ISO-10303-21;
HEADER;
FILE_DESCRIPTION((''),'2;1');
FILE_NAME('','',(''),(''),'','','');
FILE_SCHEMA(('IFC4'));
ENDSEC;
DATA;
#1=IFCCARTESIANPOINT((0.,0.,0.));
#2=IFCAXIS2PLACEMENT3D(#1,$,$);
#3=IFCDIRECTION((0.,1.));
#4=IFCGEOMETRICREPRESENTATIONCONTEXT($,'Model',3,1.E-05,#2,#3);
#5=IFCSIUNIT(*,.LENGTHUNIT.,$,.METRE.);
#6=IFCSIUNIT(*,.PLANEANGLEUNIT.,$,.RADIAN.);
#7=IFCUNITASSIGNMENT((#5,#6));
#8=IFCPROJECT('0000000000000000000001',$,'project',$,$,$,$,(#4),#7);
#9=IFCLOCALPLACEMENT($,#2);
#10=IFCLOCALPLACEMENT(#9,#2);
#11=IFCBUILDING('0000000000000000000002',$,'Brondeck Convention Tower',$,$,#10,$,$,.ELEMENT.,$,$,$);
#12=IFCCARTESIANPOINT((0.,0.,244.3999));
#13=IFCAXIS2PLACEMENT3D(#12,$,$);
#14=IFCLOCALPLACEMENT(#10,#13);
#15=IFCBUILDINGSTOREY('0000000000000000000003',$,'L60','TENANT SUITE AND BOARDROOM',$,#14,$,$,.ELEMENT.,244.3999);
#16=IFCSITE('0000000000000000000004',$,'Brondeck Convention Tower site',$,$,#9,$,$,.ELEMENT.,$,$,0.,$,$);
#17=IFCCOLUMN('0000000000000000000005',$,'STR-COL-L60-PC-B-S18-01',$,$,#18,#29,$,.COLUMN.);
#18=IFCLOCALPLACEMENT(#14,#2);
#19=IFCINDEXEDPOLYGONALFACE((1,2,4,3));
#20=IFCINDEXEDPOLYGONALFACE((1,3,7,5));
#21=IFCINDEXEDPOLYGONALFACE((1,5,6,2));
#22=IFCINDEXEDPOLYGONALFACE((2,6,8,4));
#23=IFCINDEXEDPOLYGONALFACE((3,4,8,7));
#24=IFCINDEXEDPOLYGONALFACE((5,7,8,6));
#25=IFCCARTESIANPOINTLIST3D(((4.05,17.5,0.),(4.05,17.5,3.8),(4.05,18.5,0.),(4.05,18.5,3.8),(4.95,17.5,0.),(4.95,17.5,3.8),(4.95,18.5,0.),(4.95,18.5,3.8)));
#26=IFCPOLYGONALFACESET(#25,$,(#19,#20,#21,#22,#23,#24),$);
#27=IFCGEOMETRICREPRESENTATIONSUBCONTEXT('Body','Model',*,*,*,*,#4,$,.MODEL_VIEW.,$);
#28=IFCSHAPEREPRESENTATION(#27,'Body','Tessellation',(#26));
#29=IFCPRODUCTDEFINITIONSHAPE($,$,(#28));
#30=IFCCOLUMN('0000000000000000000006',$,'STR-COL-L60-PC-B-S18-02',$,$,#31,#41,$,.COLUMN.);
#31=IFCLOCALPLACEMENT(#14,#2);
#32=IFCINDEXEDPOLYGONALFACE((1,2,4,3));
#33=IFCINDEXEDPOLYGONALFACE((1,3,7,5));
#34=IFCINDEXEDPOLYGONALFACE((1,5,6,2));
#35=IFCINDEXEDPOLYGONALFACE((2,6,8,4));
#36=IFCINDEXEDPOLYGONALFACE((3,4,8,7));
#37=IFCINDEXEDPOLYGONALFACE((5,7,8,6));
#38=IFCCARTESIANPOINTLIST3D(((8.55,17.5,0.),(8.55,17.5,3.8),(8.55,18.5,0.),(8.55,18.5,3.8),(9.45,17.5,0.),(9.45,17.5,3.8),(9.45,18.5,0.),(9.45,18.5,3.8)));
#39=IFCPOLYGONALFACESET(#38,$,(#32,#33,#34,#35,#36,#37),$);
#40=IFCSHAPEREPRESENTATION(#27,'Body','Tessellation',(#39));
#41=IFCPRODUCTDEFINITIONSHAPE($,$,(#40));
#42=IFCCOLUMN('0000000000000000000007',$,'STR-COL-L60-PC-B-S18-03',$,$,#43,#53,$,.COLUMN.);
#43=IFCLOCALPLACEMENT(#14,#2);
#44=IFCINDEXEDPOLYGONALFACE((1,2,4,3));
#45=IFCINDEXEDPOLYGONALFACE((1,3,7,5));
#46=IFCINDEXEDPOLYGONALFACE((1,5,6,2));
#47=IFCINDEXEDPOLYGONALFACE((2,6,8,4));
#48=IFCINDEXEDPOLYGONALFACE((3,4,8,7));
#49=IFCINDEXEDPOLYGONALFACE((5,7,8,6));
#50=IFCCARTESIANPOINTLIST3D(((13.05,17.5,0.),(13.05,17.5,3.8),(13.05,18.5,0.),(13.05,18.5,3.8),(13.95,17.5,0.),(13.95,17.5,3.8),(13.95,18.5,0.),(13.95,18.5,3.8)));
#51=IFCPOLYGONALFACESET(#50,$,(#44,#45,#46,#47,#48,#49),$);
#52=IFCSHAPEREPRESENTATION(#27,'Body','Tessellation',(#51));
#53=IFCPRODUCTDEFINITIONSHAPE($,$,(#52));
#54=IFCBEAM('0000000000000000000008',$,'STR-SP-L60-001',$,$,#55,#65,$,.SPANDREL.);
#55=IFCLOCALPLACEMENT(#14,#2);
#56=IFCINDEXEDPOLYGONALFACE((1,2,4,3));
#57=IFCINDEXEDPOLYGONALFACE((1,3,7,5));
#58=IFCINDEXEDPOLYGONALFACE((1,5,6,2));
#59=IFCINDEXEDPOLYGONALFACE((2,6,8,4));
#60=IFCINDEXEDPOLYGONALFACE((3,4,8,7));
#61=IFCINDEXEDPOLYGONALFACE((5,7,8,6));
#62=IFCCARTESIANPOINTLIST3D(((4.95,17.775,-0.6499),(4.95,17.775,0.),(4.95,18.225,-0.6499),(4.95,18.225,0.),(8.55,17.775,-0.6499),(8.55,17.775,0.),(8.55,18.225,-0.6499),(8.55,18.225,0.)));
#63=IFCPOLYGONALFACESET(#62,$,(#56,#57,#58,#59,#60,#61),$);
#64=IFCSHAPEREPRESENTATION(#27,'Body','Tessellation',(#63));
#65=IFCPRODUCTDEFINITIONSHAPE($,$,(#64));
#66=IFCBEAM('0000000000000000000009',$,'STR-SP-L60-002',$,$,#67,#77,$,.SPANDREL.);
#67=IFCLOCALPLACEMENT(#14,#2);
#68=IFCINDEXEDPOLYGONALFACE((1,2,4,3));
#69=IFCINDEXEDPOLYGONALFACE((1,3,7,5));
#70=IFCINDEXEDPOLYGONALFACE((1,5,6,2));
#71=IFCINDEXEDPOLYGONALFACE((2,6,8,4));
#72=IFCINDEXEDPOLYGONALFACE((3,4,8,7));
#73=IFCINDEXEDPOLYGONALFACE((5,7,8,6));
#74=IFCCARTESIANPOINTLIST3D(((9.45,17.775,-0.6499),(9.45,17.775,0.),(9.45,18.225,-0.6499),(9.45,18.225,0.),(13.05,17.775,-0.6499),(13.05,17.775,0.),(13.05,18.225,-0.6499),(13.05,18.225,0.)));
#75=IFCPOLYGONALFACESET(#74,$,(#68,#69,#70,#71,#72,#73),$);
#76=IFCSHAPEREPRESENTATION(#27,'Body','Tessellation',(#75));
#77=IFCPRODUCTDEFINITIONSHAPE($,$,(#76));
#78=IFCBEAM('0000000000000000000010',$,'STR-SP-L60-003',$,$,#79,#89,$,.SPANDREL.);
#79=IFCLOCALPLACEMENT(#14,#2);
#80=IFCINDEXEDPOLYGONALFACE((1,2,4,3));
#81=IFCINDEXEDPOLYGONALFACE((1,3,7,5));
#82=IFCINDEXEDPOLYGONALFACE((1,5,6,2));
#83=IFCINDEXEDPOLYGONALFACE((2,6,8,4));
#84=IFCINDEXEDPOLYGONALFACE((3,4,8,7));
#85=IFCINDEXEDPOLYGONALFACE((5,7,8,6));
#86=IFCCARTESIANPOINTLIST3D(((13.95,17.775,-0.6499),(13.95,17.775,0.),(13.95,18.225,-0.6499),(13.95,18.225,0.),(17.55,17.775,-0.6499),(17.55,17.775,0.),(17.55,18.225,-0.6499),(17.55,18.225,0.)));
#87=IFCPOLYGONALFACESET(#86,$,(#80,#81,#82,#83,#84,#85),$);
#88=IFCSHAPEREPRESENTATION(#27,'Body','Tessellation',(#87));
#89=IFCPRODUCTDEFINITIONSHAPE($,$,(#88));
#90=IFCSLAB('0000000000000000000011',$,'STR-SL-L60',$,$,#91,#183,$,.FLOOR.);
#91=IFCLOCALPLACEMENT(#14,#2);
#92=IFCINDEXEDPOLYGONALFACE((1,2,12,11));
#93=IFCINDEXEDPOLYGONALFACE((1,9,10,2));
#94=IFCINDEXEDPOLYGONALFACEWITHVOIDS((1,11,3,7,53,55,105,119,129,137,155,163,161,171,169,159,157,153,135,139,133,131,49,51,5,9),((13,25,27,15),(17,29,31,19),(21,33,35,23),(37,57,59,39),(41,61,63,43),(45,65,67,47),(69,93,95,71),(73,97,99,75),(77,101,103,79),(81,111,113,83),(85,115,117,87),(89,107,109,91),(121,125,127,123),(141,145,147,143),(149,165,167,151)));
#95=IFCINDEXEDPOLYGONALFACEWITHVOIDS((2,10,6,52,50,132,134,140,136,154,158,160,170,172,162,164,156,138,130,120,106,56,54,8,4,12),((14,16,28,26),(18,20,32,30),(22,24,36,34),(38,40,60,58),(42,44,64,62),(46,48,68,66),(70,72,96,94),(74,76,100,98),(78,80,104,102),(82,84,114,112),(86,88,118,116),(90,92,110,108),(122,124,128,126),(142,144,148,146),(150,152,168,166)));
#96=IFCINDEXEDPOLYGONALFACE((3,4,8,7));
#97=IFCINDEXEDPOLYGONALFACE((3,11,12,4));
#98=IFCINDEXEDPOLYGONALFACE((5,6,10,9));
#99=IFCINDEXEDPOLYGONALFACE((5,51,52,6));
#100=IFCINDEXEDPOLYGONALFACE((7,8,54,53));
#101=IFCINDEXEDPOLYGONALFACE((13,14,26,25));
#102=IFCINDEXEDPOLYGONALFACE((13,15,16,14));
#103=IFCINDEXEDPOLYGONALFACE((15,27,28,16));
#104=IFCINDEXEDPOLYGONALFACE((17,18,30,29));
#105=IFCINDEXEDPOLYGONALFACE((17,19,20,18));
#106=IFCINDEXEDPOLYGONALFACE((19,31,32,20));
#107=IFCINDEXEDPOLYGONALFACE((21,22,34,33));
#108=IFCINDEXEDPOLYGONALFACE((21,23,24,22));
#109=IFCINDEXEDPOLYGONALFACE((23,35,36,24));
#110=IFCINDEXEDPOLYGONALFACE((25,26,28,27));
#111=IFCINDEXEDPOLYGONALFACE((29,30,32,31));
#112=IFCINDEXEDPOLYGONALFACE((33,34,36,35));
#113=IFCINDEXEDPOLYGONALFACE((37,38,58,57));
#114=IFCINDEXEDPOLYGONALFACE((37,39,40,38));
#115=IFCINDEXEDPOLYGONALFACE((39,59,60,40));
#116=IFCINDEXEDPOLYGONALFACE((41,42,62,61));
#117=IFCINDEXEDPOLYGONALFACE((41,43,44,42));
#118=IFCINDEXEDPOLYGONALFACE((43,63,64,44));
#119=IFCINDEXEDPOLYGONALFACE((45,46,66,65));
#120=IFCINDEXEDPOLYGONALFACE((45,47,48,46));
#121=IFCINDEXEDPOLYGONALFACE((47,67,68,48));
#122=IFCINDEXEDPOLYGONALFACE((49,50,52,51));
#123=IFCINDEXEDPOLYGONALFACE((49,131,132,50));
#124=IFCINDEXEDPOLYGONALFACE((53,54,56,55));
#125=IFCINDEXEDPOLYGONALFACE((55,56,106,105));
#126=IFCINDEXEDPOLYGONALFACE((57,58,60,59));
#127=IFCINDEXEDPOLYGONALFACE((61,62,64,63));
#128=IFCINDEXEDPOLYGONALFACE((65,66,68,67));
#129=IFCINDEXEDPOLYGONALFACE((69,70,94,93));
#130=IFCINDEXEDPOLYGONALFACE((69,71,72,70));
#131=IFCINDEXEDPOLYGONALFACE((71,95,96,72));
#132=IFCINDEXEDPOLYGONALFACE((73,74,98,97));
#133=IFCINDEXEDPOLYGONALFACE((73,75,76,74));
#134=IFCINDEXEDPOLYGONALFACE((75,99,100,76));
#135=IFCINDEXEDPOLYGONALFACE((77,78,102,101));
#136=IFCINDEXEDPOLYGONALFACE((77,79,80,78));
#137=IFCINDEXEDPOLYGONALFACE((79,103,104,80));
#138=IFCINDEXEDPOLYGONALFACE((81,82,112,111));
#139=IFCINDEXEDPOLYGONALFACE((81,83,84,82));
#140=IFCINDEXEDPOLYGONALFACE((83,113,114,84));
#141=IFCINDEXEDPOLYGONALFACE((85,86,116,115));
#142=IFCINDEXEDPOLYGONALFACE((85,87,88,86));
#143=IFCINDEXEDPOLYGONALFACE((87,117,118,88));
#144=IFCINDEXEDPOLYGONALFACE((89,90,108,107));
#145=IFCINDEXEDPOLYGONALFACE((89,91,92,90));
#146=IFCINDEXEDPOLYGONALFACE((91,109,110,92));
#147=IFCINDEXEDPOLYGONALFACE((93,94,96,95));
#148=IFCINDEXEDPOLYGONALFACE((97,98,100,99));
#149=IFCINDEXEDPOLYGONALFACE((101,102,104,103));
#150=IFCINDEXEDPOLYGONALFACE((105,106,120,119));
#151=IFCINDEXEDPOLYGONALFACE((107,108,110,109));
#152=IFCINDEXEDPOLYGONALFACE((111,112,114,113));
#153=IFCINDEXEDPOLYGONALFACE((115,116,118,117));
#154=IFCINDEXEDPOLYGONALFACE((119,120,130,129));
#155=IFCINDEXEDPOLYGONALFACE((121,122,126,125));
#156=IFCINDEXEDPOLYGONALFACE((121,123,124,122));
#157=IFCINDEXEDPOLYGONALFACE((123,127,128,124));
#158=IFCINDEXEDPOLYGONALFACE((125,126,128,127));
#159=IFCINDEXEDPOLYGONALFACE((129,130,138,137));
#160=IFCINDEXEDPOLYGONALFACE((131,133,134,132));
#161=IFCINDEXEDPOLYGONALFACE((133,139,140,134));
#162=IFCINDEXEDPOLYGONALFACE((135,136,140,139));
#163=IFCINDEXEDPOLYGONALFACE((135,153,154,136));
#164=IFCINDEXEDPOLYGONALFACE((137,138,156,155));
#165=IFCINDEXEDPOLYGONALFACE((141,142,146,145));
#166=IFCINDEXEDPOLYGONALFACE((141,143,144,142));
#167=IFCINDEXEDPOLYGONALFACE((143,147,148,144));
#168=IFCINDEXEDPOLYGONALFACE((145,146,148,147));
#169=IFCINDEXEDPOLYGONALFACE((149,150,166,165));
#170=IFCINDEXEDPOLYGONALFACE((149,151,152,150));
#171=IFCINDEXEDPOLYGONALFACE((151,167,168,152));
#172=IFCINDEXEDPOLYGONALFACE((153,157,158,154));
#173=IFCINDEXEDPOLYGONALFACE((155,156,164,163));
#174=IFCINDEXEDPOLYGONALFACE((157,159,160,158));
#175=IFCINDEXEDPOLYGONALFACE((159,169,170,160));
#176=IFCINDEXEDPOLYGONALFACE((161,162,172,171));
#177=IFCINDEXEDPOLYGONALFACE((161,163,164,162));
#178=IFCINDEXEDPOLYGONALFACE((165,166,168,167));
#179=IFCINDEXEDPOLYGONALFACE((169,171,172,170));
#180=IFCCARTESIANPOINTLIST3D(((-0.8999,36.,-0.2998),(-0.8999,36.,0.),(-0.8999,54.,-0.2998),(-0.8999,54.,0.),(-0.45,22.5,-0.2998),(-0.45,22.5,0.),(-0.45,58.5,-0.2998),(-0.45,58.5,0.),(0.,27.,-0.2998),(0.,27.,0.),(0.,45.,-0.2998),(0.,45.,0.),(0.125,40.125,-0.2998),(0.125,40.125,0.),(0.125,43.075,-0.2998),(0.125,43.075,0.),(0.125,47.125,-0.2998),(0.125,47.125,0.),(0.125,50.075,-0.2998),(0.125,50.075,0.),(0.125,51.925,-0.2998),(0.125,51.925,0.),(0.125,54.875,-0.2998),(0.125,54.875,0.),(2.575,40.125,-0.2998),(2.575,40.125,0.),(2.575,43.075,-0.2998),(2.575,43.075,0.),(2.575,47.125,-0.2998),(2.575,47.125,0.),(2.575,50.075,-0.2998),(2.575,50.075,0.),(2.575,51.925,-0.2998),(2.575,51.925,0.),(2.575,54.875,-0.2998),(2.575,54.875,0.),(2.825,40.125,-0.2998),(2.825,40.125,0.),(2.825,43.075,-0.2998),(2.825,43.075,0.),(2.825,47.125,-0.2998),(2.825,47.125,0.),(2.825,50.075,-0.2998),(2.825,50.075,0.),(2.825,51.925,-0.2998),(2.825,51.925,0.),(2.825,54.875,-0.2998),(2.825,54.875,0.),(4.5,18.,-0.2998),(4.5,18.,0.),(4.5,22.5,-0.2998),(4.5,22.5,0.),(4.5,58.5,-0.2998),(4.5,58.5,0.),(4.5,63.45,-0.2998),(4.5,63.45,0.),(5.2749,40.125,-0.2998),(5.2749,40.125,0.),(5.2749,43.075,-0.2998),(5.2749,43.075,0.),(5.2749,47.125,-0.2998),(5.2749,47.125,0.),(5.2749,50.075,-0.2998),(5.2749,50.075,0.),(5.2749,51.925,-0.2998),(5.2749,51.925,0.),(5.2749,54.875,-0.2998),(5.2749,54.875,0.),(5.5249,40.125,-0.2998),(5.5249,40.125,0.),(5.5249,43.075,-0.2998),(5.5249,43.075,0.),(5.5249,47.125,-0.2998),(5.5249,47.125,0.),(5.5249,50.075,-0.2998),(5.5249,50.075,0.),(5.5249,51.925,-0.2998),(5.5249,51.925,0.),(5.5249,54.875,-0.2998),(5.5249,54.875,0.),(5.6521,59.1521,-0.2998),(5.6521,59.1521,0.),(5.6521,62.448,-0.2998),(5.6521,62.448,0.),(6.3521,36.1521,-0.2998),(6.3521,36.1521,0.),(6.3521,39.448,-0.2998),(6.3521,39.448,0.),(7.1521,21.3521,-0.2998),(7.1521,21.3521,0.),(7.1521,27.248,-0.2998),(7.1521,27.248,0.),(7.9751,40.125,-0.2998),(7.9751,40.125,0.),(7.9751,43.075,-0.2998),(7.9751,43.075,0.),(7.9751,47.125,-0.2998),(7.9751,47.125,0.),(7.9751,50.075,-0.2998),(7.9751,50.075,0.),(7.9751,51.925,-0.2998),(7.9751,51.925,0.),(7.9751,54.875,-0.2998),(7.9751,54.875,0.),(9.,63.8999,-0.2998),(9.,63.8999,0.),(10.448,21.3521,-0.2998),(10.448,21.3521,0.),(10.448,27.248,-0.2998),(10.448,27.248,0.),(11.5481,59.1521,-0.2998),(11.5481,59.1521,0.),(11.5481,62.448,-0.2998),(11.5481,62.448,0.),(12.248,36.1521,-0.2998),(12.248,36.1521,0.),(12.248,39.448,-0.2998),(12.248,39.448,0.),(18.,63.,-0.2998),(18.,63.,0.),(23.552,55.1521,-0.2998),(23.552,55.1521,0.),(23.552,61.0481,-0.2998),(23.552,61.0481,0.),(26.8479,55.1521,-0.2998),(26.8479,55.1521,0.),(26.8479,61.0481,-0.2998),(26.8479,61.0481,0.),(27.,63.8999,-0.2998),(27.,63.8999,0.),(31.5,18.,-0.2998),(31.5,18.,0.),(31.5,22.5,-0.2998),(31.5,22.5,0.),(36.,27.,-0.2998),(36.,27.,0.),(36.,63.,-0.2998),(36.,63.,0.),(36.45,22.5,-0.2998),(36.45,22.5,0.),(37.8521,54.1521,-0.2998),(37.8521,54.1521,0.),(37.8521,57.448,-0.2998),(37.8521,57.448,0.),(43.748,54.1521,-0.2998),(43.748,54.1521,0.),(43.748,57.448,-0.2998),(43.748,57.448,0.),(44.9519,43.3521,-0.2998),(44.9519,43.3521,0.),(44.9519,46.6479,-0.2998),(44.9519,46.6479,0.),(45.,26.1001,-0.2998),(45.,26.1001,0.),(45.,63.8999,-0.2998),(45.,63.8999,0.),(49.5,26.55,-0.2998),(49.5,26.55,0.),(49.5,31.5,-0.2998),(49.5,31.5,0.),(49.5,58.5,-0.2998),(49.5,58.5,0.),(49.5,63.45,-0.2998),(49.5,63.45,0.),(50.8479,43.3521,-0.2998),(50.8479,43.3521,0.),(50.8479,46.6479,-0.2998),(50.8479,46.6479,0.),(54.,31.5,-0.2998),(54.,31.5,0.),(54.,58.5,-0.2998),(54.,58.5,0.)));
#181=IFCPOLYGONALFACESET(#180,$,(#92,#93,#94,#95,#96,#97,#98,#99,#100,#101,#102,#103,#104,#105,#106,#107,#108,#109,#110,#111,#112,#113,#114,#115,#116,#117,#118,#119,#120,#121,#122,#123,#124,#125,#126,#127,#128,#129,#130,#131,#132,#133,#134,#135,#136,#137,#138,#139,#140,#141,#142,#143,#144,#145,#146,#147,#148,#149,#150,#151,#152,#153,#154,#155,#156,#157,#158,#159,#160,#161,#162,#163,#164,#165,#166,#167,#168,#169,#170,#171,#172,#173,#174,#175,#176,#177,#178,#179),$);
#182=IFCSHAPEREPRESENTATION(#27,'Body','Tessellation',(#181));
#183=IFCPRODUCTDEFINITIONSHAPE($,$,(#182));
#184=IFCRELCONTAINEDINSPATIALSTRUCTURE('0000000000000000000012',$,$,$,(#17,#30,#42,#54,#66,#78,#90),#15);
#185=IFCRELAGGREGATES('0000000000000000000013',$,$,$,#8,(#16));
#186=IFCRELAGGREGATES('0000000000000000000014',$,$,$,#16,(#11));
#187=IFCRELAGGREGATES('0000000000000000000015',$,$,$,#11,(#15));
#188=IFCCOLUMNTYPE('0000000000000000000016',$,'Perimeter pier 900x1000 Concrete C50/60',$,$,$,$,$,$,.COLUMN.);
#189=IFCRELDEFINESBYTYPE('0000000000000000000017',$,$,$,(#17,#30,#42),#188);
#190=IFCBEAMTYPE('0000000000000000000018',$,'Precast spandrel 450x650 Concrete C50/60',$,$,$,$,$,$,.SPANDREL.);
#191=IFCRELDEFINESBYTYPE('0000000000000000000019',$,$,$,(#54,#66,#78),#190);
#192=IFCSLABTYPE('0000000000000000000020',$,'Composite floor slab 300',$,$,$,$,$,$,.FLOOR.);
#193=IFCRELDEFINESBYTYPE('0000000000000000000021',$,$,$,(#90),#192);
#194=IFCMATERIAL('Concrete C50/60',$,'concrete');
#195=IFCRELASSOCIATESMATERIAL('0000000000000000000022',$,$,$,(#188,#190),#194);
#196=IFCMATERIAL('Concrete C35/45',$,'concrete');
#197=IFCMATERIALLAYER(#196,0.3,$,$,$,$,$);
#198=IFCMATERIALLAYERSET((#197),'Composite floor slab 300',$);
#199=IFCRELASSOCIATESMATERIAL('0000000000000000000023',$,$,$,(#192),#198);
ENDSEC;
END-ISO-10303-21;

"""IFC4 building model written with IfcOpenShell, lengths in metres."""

from ifc_helpers import new_model, si_unit, direction, frame, origin, origin_2d, place, context, subcontext, project, spatial, polyline, rectangle, outline, extrude, material, layer, layer_set, material_profile, profile_set, type_object, element, save


model = new_model("IFC4")

# Units and contexts
model_context = context("Model", 3, precision=1e-05, world=origin(), true_north=direction((0.0, 1.0)))
body_context = subcontext(model_context, "Body", "Model", "MODEL_VIEW")
ifc_project = project(units=[si_unit("LENGTHUNIT", "METRE"), si_unit("PLANEANGLEUNIT", "RADIAN")], contexts=[model_context])

# Site, building, storey
site_placement = place(None, origin())
site = spatial("IfcSite", under=ifc_project, at=site_placement, Name="Brondeck Convention Tower site", CompositionType="ELEMENT", RefElevation=0.0)
building_placement = place(site_placement, origin())
building = spatial("IfcBuilding", under=site, at=building_placement, Name="Brondeck Convention Tower", CompositionType="ELEMENT")
storey_placement = place(building_placement, frame((0.0, 0.0, 244.3999)))
storey = spatial("IfcBuildingStorey", under=building, at=storey_placement, Name="L60", Description="TENANT SUITE AND BOARDROOM", CompositionType="ELEMENT", Elevation=244.3999)

# Columns
ifc_material_1 = material(Name="Concrete C50/60", Category="concrete")
ifc_material_profile_1 = material_profile(ifc_material_1, rectangle(XDim=0.8999, YDim=1.0, at=origin_2d()), Name="Perimeter pier 900x1000 Concrete C50/60")
ifc_profile_set_1 = profile_set([ifc_material_profile_1], Name="Concrete C50/60")
column_type = type_object("IfcColumnType", Name="Perimeter pier 900x1000 Concrete C50/60", PredefinedType="COLUMN", material=ifc_profile_set_1)
for number, where, z_axis, x_axis, name in (
    (1, (4.5, 18.0, 0.0), (0.0, 0.0, 1.0), (1.0, 0.0, 0.0), "STR-COL-L60-PC-B-S18-01"),
    (2, (9.0, 18.0, 0.0), (0.0, 0.0, 1.0), (1.0, 0.0, 0.0), "STR-COL-L60-PC-B-S18-02"),
    (3, (13.5, 18.0, 0.0), (0.0, 0.0, 1.0), (1.0, 0.0, 0.0), "STR-COL-L60-PC-B-S18-03"),
):
    element("IfcColumn", number, at=place(storey_placement, frame(where, z_axis=z_axis, x_axis=x_axis)), inside=storey, type_object=column_type, Name=name, PredefinedType="COLUMN", context=body_context, shape_type="SweptSolid", body=[
        extrude(rectangle(XDim=0.8999, YDim=1.0, at=origin_2d()), origin(), (0.0, 0.0, 1.0), 3.8),
    ])

# Beams
ifc_material_profile_2 = material_profile(ifc_material_1, rectangle(XDim=0.45, YDim=0.6499, at=origin_2d()), Name="Precast spandrel 450x650 Concrete C50/60")
ifc_profile_set_2 = profile_set([ifc_material_profile_2], Name="Concrete C50/60")
beam_type = type_object("IfcBeamType", Name="Precast spandrel 450x650 Concrete C50/60", PredefinedType="SPANDREL", material=ifc_profile_set_2)
for number, where, z_axis, x_axis, name in (
    (4, (4.95, 18.0, -0.325), (1.0, 0.0, 0.0), (0.0, 1.0, 0.0), "STR-SP-L60-001"),
    (5, (9.45, 18.0, -0.325), (1.0, 0.0, 0.0), (0.0, 1.0, 0.0), "STR-SP-L60-002"),
    (6, (13.95, 18.0, -0.325), (1.0, 0.0, 0.0), (0.0, 1.0, 0.0), "STR-SP-L60-003"),
):
    element("IfcBeam", number, at=place(storey_placement, frame(where, z_axis=z_axis, x_axis=x_axis)), inside=storey, type_object=beam_type, Name=name, PredefinedType="SPANDREL", context=body_context, shape_type="SweptSolid", body=[
        extrude(rectangle(XDim=0.45, YDim=0.6499, at=origin_2d()), origin(), (0.0, 0.0, 1.0), 3.6001),
    ])

# Slab
ifc_material_2 = material(Name="Concrete C35/45", Category="concrete")
ifc_layer_1 = layer(ifc_material_2, 0.3)
ifc_layer_set_1 = layer_set([ifc_layer_1], Name="Composite floor slab 300")
slab_type_1 = type_object("IfcSlabType", Name="Composite floor slab 300", PredefinedType="FLOOR", material=ifc_layer_set_1)
slab_1_placement = place(storey_placement, frame((0.0, 0.0, -0.2998)))
element("IfcSlab", 7, at=slab_1_placement, inside=storey, type_object=slab_type_1, Name="STR-SL-L60", PredefinedType="FLOOR", context=body_context, shape_type="SweptSolid", body=[
    extrude(outline(polyline([(4.5, 22.5), (-0.45, 22.5), (0.0, 27.0), (-0.8999, 36.0), (0.0, 45.0), (-0.8999, 54.0), (-0.45, 58.5), (4.5, 58.5), (4.5, 63.45), (9.0, 63.8999), (18.0, 63.0), (27.0, 63.8999), (36.0, 63.0), (45.0, 63.8999), (49.5, 63.45), (49.5, 58.5), (54.0, 58.5), (54.0, 31.5), (49.5, 31.5), (49.5, 26.55), (45.0, 26.1001), (36.0, 27.0), (36.45, 22.5), (31.5, 22.5), (31.5, 18.0), (4.5, 18.0), (4.5, 22.5)]), holes=[polyline([(2.575, 43.075), (0.125, 43.075), (0.125, 40.125), (2.575, 40.125), (2.575, 43.075)]), polyline([(5.2749, 40.125), (5.2749, 43.075), (2.825, 43.075), (2.825, 40.125), (5.2749, 40.125)]), polyline([(7.9751, 40.125), (7.9751, 43.075), (5.5249, 43.075), (5.5249, 40.125), (7.9751, 40.125)]), polyline([(2.575, 47.125), (2.575, 50.075), (0.125, 50.075), (0.125, 47.125), (2.575, 47.125)]), polyline([(5.2749, 47.125), (5.2749, 50.075), (2.825, 50.075), (2.825, 47.125), (5.2749, 47.125)]), polyline([(7.9751, 47.125), (7.9751, 50.075), (5.5249, 50.075), (5.5249, 47.125), (7.9751, 47.125)]), polyline([(2.575, 51.925), (2.575, 54.875), (0.125, 54.875), (0.125, 51.925), (2.575, 51.925)]), polyline([(5.2749, 51.925), (5.2749, 54.875), (2.825, 54.875), (2.825, 51.925), (5.2749, 51.925)]), polyline([(10.448, 27.248), (7.1521, 27.248), (7.1521, 21.3521), (10.448, 21.3521), (10.448, 27.248)]), polyline([(12.248, 36.1521), (12.248, 39.448), (6.3521, 39.448), (6.3521, 36.1521), (12.248, 36.1521)]), polyline([(50.8479, 43.3521), (50.8479, 46.6479), (44.9519, 46.6479), (44.9519, 43.3521), (50.8479, 43.3521)]), polyline([(7.9751, 51.925), (7.9751, 54.875), (5.5249, 54.875), (5.5249, 51.925), (7.9751, 51.925)]), polyline([(43.748, 54.1521), (43.748, 57.448), (37.8521, 57.448), (37.8521, 54.1521), (43.748, 54.1521)]), polyline([(23.552, 55.1521), (26.8479, 55.1521), (26.8479, 61.0481), (23.552, 61.0481), (23.552, 55.1521)]), polyline([(5.6521, 62.448), (5.6521, 59.1521), (11.5481, 59.1521), (11.5481, 62.448), (5.6521, 62.448)])]), origin(), (0.0, 0.0, 1.0), 0.2998),
])

save(model, "model.ifc")
